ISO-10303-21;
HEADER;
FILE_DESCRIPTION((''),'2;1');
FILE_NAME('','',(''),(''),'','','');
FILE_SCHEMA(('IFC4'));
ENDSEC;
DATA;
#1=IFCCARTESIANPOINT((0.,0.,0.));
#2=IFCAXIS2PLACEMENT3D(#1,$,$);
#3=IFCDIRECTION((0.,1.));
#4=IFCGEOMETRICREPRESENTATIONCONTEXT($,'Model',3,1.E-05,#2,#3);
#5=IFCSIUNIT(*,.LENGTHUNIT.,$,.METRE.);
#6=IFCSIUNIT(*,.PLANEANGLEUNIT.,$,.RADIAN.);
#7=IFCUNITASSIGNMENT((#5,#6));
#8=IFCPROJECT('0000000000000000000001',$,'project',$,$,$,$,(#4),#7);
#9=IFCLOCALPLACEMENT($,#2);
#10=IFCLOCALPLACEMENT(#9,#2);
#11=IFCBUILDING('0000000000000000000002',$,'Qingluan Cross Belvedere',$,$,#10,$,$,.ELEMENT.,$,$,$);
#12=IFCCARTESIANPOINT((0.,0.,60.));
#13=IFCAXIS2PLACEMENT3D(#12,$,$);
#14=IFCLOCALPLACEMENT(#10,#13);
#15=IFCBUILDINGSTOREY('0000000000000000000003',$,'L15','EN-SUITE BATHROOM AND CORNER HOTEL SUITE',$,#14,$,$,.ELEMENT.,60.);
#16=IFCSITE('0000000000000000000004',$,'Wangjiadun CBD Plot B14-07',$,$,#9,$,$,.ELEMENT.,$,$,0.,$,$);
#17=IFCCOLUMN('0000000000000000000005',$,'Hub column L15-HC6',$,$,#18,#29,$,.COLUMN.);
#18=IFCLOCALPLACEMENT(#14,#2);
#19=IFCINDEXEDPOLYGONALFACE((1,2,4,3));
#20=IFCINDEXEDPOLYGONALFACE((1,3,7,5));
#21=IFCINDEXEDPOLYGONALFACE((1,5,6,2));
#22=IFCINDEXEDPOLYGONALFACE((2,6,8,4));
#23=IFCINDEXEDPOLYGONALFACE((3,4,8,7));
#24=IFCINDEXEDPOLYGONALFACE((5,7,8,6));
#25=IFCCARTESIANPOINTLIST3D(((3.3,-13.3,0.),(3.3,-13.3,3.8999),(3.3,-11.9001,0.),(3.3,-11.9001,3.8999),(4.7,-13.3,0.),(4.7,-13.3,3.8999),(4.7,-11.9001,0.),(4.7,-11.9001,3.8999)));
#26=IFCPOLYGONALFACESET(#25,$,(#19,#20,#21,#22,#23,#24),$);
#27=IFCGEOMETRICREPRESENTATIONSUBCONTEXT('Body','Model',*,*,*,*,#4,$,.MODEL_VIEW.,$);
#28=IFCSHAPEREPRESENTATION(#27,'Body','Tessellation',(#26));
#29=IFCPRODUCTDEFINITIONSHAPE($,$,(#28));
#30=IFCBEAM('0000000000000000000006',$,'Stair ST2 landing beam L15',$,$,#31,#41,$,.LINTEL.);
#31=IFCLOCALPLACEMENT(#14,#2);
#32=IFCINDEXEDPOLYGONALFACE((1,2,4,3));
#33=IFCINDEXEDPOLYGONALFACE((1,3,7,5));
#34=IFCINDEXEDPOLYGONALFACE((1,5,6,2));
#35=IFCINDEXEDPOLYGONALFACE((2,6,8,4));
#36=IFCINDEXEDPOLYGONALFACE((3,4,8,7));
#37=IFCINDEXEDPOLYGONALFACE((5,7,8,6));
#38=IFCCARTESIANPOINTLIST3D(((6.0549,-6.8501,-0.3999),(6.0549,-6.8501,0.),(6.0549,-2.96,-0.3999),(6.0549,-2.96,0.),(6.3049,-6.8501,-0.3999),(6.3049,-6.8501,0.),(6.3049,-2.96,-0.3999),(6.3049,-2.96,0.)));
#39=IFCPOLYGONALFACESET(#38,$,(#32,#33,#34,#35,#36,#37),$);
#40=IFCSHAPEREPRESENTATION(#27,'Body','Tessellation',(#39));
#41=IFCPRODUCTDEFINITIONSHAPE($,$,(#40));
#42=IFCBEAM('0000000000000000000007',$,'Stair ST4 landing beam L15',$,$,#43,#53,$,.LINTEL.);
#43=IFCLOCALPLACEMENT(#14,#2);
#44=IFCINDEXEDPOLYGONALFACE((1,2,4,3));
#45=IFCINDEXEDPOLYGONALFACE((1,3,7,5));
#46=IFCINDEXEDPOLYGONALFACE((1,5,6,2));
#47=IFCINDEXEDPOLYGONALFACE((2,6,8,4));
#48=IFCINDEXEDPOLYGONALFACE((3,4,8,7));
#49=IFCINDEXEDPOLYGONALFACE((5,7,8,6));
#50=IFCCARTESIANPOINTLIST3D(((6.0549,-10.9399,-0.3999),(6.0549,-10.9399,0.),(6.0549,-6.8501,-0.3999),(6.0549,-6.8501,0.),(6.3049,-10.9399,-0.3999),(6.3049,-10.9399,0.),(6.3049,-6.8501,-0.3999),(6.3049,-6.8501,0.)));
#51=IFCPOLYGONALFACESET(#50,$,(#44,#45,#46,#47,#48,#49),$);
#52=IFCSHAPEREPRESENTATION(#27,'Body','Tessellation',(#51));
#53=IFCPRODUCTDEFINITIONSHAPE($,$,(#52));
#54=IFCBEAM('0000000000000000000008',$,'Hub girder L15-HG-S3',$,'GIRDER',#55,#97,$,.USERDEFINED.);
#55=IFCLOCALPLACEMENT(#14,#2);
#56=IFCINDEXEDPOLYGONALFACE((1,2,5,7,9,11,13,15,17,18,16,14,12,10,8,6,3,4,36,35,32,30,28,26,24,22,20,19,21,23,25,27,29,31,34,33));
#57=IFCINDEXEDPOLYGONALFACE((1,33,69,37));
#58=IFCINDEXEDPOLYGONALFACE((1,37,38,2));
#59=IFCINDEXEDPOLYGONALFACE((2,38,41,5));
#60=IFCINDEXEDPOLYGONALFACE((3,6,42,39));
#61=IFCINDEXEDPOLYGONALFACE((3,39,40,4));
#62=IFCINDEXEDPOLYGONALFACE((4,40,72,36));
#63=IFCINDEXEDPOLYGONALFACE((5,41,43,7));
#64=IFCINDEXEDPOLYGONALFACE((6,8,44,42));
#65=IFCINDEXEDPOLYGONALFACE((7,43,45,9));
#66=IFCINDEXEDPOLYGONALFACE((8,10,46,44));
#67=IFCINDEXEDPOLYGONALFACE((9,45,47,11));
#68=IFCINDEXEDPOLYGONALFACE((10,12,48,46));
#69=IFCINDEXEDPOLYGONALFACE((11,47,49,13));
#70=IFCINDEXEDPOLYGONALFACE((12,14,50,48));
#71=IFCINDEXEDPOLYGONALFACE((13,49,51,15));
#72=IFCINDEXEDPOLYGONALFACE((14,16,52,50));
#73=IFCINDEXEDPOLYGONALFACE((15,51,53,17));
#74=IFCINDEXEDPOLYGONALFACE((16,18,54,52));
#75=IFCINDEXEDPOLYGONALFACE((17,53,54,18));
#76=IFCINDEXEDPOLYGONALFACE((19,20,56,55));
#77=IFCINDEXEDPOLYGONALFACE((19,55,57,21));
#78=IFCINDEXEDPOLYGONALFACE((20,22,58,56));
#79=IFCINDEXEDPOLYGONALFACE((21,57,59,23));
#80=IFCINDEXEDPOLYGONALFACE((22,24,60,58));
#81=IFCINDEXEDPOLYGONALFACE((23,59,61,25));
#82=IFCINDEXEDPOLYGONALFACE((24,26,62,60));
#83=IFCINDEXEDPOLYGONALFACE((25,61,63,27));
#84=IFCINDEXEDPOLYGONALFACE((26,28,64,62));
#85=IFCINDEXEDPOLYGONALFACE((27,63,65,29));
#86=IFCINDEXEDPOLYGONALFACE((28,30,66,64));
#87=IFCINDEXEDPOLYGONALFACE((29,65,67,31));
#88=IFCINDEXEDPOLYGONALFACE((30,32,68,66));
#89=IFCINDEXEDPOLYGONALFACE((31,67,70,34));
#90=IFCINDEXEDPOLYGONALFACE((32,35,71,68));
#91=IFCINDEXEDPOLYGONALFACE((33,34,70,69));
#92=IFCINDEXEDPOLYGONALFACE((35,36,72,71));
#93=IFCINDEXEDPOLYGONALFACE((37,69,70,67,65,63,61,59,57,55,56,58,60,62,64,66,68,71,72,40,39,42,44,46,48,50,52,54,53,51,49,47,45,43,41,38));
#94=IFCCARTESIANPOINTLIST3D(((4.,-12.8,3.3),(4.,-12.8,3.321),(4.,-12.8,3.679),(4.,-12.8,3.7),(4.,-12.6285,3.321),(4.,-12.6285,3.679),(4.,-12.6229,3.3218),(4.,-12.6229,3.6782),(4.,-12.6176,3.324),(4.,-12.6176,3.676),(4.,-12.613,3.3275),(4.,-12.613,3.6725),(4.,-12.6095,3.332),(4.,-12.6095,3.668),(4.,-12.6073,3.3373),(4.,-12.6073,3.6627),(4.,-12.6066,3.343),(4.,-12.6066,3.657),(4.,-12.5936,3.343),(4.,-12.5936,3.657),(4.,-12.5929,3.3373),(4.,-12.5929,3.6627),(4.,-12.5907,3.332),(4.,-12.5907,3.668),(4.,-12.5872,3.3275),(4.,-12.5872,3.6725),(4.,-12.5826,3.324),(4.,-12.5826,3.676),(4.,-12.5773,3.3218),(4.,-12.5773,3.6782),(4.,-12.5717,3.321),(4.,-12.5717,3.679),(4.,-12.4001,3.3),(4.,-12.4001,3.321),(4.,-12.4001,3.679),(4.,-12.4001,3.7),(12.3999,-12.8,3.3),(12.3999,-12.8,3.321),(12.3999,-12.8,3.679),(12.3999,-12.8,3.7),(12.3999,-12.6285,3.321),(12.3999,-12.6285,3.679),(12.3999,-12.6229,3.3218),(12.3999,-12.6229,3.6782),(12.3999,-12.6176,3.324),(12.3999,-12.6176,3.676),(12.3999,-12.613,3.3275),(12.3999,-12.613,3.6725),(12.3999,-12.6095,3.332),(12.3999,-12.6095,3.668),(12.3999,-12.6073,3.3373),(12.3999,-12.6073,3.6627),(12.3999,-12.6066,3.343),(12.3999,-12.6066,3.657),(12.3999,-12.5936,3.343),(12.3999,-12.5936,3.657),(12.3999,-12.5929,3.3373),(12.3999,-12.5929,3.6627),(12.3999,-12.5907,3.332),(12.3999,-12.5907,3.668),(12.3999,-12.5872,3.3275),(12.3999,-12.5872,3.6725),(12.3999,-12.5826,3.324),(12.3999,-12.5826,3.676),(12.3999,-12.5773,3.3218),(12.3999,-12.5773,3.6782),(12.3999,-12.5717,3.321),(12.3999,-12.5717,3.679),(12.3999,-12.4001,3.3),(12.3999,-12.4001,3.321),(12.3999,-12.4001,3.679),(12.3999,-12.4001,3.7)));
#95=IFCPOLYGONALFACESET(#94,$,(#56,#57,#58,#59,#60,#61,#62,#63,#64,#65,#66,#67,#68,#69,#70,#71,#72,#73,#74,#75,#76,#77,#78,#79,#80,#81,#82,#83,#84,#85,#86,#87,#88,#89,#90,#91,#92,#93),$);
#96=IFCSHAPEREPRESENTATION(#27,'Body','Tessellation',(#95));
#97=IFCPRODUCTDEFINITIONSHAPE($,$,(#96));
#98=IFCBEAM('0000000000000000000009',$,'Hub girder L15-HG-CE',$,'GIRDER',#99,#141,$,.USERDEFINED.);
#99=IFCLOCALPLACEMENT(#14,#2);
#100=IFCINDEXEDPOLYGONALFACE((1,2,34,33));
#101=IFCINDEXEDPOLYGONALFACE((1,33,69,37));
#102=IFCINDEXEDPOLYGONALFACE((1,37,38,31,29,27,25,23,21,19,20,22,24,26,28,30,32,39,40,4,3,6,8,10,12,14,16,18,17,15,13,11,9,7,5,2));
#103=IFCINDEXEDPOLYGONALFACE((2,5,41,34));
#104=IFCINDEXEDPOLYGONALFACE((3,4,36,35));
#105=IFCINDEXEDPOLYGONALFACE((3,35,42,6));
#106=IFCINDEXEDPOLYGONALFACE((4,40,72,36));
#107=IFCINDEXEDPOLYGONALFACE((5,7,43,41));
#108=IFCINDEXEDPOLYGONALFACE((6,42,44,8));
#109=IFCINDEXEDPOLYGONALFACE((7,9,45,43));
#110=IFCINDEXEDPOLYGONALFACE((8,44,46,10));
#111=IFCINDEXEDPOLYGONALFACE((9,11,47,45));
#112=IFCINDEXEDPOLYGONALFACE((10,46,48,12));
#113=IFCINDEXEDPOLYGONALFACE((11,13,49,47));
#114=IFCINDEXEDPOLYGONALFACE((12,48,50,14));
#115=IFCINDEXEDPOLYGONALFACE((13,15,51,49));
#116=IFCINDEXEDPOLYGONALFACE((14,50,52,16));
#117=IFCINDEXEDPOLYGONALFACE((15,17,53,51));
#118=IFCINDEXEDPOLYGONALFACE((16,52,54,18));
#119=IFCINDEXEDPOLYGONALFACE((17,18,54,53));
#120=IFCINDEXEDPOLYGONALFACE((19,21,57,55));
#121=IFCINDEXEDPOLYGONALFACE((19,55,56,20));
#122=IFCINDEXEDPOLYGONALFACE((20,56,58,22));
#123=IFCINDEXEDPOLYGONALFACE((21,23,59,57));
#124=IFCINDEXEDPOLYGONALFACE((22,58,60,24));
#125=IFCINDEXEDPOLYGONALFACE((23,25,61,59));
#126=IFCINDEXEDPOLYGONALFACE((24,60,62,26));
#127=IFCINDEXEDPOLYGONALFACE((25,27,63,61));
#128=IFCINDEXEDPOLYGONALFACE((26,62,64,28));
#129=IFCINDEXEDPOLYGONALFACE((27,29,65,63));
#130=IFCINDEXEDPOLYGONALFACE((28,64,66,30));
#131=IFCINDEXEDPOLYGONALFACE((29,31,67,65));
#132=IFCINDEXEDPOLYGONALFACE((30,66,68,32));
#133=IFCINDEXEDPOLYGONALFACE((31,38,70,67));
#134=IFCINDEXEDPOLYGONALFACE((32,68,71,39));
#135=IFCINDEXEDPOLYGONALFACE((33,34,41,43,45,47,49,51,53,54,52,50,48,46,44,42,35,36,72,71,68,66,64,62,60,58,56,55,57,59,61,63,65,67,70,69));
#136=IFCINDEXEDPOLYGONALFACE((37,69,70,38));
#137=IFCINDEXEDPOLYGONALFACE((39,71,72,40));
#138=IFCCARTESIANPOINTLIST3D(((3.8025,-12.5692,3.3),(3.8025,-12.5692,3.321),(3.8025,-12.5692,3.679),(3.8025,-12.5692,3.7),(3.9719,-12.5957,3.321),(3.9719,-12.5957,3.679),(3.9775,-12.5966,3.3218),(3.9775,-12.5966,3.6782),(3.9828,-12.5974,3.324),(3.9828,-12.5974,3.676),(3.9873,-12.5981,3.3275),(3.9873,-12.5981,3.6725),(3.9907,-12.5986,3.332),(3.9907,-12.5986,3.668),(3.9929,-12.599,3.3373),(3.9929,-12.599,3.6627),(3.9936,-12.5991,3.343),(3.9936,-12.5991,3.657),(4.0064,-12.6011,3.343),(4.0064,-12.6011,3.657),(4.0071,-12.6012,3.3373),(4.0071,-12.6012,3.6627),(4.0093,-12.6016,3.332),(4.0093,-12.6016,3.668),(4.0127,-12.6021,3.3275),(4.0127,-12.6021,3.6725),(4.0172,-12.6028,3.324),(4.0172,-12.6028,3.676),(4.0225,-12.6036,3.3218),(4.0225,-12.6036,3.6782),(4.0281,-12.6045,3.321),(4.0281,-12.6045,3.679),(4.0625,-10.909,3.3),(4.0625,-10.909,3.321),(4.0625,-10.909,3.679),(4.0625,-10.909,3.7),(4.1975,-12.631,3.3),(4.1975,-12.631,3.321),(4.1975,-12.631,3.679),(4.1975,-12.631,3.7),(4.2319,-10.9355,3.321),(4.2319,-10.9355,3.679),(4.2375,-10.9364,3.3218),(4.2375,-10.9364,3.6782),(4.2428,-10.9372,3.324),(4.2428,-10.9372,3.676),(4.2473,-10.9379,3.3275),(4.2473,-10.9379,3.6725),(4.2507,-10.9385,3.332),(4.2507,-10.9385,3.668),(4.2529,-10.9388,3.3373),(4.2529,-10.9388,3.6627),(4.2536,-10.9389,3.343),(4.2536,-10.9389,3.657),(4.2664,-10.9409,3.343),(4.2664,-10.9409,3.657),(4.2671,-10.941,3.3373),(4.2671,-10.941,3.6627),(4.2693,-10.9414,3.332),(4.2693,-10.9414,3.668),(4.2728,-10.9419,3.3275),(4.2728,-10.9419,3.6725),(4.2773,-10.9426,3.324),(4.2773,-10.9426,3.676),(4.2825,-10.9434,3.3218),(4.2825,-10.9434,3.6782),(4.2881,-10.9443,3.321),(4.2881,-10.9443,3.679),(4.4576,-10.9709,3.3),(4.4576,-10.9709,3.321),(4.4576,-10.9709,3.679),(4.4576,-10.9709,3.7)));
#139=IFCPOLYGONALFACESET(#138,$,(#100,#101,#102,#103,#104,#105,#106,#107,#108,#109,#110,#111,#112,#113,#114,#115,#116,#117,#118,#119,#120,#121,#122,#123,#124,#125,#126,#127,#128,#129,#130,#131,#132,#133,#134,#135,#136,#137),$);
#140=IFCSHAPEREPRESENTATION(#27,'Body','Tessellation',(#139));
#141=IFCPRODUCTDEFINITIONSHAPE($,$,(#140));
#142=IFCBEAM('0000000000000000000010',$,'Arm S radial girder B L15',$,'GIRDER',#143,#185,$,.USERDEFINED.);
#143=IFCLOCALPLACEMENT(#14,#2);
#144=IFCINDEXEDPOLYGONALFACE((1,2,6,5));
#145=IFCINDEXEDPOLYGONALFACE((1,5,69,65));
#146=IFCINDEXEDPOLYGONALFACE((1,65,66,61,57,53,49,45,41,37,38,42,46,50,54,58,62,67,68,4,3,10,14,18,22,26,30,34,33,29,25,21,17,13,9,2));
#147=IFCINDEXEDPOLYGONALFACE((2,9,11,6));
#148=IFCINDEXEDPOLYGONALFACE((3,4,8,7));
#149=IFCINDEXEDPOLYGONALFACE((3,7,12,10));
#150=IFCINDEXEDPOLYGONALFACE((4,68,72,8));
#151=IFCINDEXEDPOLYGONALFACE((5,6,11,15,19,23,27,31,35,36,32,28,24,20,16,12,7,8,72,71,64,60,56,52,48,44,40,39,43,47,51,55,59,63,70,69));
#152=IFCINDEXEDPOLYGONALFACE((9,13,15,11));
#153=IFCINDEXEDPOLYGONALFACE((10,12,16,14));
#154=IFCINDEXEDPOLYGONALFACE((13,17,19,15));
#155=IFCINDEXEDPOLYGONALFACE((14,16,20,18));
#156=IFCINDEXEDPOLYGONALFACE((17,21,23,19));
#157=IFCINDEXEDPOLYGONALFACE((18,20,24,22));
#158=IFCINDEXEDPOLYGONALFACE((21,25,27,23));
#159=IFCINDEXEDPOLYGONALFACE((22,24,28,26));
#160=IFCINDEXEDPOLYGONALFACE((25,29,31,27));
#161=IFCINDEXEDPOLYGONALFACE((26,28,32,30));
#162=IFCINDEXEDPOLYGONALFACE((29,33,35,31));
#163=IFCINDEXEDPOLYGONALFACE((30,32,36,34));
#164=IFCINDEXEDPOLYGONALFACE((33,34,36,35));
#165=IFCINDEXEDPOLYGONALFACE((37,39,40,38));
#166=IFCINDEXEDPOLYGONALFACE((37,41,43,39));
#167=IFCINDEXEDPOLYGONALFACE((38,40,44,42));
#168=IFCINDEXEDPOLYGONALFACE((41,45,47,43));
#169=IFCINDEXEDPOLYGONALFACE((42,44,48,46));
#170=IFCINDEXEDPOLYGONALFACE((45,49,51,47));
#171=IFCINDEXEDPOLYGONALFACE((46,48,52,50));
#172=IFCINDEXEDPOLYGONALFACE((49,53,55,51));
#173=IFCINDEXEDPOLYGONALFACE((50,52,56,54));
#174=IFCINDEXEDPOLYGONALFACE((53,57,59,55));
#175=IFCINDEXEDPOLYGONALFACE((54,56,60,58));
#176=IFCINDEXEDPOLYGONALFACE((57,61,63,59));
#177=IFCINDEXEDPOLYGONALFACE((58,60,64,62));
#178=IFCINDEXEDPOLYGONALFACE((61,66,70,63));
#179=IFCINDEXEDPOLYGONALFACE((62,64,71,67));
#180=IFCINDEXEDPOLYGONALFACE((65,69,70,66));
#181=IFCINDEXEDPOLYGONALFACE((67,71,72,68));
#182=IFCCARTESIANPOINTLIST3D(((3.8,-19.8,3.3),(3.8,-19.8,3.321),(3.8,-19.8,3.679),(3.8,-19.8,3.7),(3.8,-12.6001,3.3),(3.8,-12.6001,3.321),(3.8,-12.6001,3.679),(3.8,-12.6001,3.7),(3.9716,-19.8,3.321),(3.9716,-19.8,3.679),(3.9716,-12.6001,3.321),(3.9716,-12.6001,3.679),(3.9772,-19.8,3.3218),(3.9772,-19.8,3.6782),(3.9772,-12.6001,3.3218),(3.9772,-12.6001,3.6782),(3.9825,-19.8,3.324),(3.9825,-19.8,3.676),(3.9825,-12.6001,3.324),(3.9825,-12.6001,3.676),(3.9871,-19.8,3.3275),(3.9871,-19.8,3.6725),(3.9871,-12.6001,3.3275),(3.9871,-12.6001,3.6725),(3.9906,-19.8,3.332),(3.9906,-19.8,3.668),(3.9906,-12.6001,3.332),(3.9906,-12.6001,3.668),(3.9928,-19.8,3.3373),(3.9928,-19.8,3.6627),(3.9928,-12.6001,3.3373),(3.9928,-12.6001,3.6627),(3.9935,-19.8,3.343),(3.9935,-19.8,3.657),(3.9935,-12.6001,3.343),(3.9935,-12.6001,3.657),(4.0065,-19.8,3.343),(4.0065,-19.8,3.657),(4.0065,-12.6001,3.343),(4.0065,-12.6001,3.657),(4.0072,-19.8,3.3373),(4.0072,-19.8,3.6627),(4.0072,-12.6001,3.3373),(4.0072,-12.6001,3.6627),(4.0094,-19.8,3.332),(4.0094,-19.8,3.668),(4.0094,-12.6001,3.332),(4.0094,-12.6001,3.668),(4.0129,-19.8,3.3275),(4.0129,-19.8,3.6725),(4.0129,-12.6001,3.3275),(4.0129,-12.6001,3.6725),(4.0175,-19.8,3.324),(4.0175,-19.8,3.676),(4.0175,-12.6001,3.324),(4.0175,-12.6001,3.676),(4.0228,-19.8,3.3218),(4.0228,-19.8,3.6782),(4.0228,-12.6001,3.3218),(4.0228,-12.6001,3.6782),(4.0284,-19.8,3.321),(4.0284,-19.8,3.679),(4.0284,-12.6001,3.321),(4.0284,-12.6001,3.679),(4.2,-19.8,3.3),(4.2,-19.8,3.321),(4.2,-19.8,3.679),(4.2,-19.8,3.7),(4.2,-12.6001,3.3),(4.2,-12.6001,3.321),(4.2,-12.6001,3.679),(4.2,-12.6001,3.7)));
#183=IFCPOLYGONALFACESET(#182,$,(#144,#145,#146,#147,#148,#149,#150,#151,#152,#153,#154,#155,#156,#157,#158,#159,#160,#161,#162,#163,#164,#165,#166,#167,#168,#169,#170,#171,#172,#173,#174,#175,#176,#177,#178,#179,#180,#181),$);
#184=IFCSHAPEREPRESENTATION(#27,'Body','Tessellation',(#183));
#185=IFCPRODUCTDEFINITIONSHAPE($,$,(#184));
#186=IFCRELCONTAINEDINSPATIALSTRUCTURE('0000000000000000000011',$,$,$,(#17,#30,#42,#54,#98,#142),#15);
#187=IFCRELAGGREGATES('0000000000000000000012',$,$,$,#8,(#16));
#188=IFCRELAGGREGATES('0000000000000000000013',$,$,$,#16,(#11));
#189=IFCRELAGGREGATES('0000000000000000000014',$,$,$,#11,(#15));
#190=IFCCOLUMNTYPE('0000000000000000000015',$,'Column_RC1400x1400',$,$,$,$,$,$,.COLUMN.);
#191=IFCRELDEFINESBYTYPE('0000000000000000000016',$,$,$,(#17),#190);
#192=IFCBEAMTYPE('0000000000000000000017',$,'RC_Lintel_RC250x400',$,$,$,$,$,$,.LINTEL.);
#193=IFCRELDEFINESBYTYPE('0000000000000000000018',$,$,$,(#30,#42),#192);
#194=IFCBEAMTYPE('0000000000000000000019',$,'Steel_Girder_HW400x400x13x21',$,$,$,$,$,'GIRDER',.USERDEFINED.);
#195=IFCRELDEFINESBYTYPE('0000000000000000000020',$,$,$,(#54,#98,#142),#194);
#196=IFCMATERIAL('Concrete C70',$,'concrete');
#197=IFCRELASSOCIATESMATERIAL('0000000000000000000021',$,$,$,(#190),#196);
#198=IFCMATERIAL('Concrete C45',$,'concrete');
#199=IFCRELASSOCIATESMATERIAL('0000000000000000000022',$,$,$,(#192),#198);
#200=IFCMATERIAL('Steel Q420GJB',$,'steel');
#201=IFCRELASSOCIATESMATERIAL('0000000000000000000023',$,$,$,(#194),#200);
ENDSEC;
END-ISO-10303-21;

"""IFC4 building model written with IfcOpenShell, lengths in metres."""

from ifc_helpers import new_model, si_unit, direction, frame, origin, origin_2d, place, context, subcontext, project, spatial, rectangle, i_section, extrude, material, material_profile, profile_set, type_object, element, save


model = new_model("IFC4")

# Units and contexts
model_context = context("Model", 3, precision=1e-05, world=origin(), true_north=direction((0.0, 1.0)))
body_context = subcontext(model_context, "Body", "Model", "MODEL_VIEW")
ifc_project = project(units=[si_unit("LENGTHUNIT", "METRE"), si_unit("PLANEANGLEUNIT", "RADIAN")], contexts=[model_context])

# Site, building, storey
site_placement = place(None, origin())
site = spatial("IfcSite", under=ifc_project, at=site_placement, Name="Wangjiadun CBD Plot B14-07", CompositionType="ELEMENT", RefElevation=0.0)
building_placement = place(site_placement, origin())
building = spatial("IfcBuilding", under=site, at=building_placement, Name="Qingluan Cross Belvedere", CompositionType="ELEMENT")
storey_placement = place(building_placement, frame((0.0, 0.0, 60.0)))
storey = spatial("IfcBuildingStorey", under=building, at=storey_placement, Name="L15", Description="EN-SUITE BATHROOM AND CORNER HOTEL SUITE", CompositionType="ELEMENT", Elevation=60.0)

# Column
ifc_material_1 = material(Name="Concrete C70", Category="concrete")
ifc_material_profile_1 = material_profile(ifc_material_1, rectangle(XDim=1.3999, YDim=1.3999, at=origin_2d()), Name="RC1400x1400")
ifc_profile_set_1 = profile_set([ifc_material_profile_1], Name="Concrete C70")
column_type = type_object("IfcColumnType", Name="Column_RC1400x1400", PredefinedType="COLUMN", material=ifc_profile_set_1)
column_placement = place(storey_placement, frame((4.0, -12.6001, 0.0), z_axis=(0.0, 0.0, 1.0), x_axis=(1.0, 0.0, 0.0)))
element("IfcColumn", 1, at=column_placement, inside=storey, type_object=column_type, Name="Hub column L15-HC6", PredefinedType="COLUMN", context=body_context, shape_type="SweptSolid", body=[
    extrude(rectangle(XDim=1.3999, YDim=1.3999, at=origin_2d()), origin(), (0.0, 0.0, 1.0), 3.8999),
])

# Beams
ifc_material_2 = material(Name="Concrete C45", Category="concrete")
ifc_material_profile_2 = material_profile(ifc_material_2, rectangle(XDim=0.25, YDim=0.3999, at=origin_2d()), Name="RC250x400")
ifc_profile_set_2 = profile_set([ifc_material_profile_2], Name="Concrete C45")
beam_type_1 = type_object("IfcBeamType", Name="RC_Lintel_RC250x400", PredefinedType="LINTEL", material=ifc_profile_set_2)
beam_1_placement = place(storey_placement, frame((6.1799, -6.8501, -0.2), z_axis=(0.0, 1.0, 0.0), x_axis=(-1.0, 0.0, 0.0)))
element("IfcBeam", 2, at=beam_1_placement, inside=storey, type_object=beam_type_1, Name="Stair ST2 landing beam L15", PredefinedType="LINTEL", context=body_context, shape_type="SweptSolid", body=[
    extrude(rectangle(XDim=0.25, YDim=0.3999, at=origin_2d()), origin(), (0.0, 0.0, 1.0), 3.8901),
])
beam_2_placement = place(storey_placement, frame((6.1799, -10.9399, -0.2), z_axis=(0.0, 1.0, 0.0), x_axis=(-1.0, 0.0, 0.0)))
element("IfcBeam", 3, at=beam_2_placement, inside=storey, type_object=beam_type_1, Name="Stair ST4 landing beam L15", PredefinedType="LINTEL", context=body_context, shape_type="SweptSolid", body=[
    extrude(rectangle(XDim=0.25, YDim=0.3999, at=origin_2d()), origin(), (0.0, 0.0, 1.0), 4.0898),
])
ifc_material_3 = material(Name="Steel Q420GJB", Category="steel")
ifc_material_profile_3 = material_profile(ifc_material_3, i_section(OverallWidth=0.3999, OverallDepth=0.3999, WebThickness=0.0129, FlangeThickness=0.021, FilletRadius=0.022, at=origin_2d()), Name="HW400x400x13x21")
ifc_profile_set_3 = profile_set([ifc_material_profile_3], Name="Steel Q420GJB")
beam_type_2 = type_object("IfcBeamType", Name="Steel_Girder_HW400x400x13x21", ElementType="GIRDER", PredefinedType="USERDEFINED", material=ifc_profile_set_3)
beam_3_placement = place(storey_placement, frame((4.0, -12.6001, 3.5), z_axis=(1.0, 0.0, 0.0), x_axis=(0.0, 1.0, 0.0)))
element("IfcBeam", 4, at=beam_3_placement, inside=storey, type_object=beam_type_2, Name="Hub girder L15-HG-S3", ObjectType="GIRDER", PredefinedType="USERDEFINED", context=body_context, shape_type="SweptSolid", body=[
    extrude(i_section(OverallWidth=0.3999, OverallDepth=0.3999, WebThickness=0.0129, FlangeThickness=0.021, FilletRadius=0.022, at=origin_2d()), origin(), (0.0, 0.0, 1.0), 8.3999),
])
beam_4_placement = place(storey_placement, frame((4.0, -12.6001, 3.5), z_axis=(0.154731, 0.987957, 0.0), x_axis=(-0.987957, 0.154731, 0.0)))
element("IfcBeam", 5, at=beam_4_placement, inside=storey, type_object=beam_type_2, Name="Hub girder L15-HG-CE", ObjectType="GIRDER", PredefinedType="USERDEFINED", context=body_context, shape_type="SweptSolid", body=[
    extrude(i_section(OverallWidth=0.3999, OverallDepth=0.3999, WebThickness=0.0129, FlangeThickness=0.021, FilletRadius=0.022, at=origin_2d()), origin(), (0.0, 0.0, 1.0), 1.6804),
])
beam_5_placement = place(storey_placement, frame((4.0, -12.6001, 3.5), z_axis=(0.0, -1.0, 0.0), x_axis=(1.0, 0.0, 0.0)))
element("IfcBeam", 6, at=beam_5_placement, inside=storey, type_object=beam_type_2, Name="Arm S radial girder B L15", ObjectType="GIRDER", PredefinedType="USERDEFINED", context=body_context, shape_type="SweptSolid", body=[
    extrude(i_section(OverallWidth=0.3999, OverallDepth=0.3999, WebThickness=0.0129, FlangeThickness=0.021, FilletRadius=0.022, at=origin_2d()), origin(), (0.0, 0.0, 1.0), 7.2),
])

save(model, "model.ifc")
